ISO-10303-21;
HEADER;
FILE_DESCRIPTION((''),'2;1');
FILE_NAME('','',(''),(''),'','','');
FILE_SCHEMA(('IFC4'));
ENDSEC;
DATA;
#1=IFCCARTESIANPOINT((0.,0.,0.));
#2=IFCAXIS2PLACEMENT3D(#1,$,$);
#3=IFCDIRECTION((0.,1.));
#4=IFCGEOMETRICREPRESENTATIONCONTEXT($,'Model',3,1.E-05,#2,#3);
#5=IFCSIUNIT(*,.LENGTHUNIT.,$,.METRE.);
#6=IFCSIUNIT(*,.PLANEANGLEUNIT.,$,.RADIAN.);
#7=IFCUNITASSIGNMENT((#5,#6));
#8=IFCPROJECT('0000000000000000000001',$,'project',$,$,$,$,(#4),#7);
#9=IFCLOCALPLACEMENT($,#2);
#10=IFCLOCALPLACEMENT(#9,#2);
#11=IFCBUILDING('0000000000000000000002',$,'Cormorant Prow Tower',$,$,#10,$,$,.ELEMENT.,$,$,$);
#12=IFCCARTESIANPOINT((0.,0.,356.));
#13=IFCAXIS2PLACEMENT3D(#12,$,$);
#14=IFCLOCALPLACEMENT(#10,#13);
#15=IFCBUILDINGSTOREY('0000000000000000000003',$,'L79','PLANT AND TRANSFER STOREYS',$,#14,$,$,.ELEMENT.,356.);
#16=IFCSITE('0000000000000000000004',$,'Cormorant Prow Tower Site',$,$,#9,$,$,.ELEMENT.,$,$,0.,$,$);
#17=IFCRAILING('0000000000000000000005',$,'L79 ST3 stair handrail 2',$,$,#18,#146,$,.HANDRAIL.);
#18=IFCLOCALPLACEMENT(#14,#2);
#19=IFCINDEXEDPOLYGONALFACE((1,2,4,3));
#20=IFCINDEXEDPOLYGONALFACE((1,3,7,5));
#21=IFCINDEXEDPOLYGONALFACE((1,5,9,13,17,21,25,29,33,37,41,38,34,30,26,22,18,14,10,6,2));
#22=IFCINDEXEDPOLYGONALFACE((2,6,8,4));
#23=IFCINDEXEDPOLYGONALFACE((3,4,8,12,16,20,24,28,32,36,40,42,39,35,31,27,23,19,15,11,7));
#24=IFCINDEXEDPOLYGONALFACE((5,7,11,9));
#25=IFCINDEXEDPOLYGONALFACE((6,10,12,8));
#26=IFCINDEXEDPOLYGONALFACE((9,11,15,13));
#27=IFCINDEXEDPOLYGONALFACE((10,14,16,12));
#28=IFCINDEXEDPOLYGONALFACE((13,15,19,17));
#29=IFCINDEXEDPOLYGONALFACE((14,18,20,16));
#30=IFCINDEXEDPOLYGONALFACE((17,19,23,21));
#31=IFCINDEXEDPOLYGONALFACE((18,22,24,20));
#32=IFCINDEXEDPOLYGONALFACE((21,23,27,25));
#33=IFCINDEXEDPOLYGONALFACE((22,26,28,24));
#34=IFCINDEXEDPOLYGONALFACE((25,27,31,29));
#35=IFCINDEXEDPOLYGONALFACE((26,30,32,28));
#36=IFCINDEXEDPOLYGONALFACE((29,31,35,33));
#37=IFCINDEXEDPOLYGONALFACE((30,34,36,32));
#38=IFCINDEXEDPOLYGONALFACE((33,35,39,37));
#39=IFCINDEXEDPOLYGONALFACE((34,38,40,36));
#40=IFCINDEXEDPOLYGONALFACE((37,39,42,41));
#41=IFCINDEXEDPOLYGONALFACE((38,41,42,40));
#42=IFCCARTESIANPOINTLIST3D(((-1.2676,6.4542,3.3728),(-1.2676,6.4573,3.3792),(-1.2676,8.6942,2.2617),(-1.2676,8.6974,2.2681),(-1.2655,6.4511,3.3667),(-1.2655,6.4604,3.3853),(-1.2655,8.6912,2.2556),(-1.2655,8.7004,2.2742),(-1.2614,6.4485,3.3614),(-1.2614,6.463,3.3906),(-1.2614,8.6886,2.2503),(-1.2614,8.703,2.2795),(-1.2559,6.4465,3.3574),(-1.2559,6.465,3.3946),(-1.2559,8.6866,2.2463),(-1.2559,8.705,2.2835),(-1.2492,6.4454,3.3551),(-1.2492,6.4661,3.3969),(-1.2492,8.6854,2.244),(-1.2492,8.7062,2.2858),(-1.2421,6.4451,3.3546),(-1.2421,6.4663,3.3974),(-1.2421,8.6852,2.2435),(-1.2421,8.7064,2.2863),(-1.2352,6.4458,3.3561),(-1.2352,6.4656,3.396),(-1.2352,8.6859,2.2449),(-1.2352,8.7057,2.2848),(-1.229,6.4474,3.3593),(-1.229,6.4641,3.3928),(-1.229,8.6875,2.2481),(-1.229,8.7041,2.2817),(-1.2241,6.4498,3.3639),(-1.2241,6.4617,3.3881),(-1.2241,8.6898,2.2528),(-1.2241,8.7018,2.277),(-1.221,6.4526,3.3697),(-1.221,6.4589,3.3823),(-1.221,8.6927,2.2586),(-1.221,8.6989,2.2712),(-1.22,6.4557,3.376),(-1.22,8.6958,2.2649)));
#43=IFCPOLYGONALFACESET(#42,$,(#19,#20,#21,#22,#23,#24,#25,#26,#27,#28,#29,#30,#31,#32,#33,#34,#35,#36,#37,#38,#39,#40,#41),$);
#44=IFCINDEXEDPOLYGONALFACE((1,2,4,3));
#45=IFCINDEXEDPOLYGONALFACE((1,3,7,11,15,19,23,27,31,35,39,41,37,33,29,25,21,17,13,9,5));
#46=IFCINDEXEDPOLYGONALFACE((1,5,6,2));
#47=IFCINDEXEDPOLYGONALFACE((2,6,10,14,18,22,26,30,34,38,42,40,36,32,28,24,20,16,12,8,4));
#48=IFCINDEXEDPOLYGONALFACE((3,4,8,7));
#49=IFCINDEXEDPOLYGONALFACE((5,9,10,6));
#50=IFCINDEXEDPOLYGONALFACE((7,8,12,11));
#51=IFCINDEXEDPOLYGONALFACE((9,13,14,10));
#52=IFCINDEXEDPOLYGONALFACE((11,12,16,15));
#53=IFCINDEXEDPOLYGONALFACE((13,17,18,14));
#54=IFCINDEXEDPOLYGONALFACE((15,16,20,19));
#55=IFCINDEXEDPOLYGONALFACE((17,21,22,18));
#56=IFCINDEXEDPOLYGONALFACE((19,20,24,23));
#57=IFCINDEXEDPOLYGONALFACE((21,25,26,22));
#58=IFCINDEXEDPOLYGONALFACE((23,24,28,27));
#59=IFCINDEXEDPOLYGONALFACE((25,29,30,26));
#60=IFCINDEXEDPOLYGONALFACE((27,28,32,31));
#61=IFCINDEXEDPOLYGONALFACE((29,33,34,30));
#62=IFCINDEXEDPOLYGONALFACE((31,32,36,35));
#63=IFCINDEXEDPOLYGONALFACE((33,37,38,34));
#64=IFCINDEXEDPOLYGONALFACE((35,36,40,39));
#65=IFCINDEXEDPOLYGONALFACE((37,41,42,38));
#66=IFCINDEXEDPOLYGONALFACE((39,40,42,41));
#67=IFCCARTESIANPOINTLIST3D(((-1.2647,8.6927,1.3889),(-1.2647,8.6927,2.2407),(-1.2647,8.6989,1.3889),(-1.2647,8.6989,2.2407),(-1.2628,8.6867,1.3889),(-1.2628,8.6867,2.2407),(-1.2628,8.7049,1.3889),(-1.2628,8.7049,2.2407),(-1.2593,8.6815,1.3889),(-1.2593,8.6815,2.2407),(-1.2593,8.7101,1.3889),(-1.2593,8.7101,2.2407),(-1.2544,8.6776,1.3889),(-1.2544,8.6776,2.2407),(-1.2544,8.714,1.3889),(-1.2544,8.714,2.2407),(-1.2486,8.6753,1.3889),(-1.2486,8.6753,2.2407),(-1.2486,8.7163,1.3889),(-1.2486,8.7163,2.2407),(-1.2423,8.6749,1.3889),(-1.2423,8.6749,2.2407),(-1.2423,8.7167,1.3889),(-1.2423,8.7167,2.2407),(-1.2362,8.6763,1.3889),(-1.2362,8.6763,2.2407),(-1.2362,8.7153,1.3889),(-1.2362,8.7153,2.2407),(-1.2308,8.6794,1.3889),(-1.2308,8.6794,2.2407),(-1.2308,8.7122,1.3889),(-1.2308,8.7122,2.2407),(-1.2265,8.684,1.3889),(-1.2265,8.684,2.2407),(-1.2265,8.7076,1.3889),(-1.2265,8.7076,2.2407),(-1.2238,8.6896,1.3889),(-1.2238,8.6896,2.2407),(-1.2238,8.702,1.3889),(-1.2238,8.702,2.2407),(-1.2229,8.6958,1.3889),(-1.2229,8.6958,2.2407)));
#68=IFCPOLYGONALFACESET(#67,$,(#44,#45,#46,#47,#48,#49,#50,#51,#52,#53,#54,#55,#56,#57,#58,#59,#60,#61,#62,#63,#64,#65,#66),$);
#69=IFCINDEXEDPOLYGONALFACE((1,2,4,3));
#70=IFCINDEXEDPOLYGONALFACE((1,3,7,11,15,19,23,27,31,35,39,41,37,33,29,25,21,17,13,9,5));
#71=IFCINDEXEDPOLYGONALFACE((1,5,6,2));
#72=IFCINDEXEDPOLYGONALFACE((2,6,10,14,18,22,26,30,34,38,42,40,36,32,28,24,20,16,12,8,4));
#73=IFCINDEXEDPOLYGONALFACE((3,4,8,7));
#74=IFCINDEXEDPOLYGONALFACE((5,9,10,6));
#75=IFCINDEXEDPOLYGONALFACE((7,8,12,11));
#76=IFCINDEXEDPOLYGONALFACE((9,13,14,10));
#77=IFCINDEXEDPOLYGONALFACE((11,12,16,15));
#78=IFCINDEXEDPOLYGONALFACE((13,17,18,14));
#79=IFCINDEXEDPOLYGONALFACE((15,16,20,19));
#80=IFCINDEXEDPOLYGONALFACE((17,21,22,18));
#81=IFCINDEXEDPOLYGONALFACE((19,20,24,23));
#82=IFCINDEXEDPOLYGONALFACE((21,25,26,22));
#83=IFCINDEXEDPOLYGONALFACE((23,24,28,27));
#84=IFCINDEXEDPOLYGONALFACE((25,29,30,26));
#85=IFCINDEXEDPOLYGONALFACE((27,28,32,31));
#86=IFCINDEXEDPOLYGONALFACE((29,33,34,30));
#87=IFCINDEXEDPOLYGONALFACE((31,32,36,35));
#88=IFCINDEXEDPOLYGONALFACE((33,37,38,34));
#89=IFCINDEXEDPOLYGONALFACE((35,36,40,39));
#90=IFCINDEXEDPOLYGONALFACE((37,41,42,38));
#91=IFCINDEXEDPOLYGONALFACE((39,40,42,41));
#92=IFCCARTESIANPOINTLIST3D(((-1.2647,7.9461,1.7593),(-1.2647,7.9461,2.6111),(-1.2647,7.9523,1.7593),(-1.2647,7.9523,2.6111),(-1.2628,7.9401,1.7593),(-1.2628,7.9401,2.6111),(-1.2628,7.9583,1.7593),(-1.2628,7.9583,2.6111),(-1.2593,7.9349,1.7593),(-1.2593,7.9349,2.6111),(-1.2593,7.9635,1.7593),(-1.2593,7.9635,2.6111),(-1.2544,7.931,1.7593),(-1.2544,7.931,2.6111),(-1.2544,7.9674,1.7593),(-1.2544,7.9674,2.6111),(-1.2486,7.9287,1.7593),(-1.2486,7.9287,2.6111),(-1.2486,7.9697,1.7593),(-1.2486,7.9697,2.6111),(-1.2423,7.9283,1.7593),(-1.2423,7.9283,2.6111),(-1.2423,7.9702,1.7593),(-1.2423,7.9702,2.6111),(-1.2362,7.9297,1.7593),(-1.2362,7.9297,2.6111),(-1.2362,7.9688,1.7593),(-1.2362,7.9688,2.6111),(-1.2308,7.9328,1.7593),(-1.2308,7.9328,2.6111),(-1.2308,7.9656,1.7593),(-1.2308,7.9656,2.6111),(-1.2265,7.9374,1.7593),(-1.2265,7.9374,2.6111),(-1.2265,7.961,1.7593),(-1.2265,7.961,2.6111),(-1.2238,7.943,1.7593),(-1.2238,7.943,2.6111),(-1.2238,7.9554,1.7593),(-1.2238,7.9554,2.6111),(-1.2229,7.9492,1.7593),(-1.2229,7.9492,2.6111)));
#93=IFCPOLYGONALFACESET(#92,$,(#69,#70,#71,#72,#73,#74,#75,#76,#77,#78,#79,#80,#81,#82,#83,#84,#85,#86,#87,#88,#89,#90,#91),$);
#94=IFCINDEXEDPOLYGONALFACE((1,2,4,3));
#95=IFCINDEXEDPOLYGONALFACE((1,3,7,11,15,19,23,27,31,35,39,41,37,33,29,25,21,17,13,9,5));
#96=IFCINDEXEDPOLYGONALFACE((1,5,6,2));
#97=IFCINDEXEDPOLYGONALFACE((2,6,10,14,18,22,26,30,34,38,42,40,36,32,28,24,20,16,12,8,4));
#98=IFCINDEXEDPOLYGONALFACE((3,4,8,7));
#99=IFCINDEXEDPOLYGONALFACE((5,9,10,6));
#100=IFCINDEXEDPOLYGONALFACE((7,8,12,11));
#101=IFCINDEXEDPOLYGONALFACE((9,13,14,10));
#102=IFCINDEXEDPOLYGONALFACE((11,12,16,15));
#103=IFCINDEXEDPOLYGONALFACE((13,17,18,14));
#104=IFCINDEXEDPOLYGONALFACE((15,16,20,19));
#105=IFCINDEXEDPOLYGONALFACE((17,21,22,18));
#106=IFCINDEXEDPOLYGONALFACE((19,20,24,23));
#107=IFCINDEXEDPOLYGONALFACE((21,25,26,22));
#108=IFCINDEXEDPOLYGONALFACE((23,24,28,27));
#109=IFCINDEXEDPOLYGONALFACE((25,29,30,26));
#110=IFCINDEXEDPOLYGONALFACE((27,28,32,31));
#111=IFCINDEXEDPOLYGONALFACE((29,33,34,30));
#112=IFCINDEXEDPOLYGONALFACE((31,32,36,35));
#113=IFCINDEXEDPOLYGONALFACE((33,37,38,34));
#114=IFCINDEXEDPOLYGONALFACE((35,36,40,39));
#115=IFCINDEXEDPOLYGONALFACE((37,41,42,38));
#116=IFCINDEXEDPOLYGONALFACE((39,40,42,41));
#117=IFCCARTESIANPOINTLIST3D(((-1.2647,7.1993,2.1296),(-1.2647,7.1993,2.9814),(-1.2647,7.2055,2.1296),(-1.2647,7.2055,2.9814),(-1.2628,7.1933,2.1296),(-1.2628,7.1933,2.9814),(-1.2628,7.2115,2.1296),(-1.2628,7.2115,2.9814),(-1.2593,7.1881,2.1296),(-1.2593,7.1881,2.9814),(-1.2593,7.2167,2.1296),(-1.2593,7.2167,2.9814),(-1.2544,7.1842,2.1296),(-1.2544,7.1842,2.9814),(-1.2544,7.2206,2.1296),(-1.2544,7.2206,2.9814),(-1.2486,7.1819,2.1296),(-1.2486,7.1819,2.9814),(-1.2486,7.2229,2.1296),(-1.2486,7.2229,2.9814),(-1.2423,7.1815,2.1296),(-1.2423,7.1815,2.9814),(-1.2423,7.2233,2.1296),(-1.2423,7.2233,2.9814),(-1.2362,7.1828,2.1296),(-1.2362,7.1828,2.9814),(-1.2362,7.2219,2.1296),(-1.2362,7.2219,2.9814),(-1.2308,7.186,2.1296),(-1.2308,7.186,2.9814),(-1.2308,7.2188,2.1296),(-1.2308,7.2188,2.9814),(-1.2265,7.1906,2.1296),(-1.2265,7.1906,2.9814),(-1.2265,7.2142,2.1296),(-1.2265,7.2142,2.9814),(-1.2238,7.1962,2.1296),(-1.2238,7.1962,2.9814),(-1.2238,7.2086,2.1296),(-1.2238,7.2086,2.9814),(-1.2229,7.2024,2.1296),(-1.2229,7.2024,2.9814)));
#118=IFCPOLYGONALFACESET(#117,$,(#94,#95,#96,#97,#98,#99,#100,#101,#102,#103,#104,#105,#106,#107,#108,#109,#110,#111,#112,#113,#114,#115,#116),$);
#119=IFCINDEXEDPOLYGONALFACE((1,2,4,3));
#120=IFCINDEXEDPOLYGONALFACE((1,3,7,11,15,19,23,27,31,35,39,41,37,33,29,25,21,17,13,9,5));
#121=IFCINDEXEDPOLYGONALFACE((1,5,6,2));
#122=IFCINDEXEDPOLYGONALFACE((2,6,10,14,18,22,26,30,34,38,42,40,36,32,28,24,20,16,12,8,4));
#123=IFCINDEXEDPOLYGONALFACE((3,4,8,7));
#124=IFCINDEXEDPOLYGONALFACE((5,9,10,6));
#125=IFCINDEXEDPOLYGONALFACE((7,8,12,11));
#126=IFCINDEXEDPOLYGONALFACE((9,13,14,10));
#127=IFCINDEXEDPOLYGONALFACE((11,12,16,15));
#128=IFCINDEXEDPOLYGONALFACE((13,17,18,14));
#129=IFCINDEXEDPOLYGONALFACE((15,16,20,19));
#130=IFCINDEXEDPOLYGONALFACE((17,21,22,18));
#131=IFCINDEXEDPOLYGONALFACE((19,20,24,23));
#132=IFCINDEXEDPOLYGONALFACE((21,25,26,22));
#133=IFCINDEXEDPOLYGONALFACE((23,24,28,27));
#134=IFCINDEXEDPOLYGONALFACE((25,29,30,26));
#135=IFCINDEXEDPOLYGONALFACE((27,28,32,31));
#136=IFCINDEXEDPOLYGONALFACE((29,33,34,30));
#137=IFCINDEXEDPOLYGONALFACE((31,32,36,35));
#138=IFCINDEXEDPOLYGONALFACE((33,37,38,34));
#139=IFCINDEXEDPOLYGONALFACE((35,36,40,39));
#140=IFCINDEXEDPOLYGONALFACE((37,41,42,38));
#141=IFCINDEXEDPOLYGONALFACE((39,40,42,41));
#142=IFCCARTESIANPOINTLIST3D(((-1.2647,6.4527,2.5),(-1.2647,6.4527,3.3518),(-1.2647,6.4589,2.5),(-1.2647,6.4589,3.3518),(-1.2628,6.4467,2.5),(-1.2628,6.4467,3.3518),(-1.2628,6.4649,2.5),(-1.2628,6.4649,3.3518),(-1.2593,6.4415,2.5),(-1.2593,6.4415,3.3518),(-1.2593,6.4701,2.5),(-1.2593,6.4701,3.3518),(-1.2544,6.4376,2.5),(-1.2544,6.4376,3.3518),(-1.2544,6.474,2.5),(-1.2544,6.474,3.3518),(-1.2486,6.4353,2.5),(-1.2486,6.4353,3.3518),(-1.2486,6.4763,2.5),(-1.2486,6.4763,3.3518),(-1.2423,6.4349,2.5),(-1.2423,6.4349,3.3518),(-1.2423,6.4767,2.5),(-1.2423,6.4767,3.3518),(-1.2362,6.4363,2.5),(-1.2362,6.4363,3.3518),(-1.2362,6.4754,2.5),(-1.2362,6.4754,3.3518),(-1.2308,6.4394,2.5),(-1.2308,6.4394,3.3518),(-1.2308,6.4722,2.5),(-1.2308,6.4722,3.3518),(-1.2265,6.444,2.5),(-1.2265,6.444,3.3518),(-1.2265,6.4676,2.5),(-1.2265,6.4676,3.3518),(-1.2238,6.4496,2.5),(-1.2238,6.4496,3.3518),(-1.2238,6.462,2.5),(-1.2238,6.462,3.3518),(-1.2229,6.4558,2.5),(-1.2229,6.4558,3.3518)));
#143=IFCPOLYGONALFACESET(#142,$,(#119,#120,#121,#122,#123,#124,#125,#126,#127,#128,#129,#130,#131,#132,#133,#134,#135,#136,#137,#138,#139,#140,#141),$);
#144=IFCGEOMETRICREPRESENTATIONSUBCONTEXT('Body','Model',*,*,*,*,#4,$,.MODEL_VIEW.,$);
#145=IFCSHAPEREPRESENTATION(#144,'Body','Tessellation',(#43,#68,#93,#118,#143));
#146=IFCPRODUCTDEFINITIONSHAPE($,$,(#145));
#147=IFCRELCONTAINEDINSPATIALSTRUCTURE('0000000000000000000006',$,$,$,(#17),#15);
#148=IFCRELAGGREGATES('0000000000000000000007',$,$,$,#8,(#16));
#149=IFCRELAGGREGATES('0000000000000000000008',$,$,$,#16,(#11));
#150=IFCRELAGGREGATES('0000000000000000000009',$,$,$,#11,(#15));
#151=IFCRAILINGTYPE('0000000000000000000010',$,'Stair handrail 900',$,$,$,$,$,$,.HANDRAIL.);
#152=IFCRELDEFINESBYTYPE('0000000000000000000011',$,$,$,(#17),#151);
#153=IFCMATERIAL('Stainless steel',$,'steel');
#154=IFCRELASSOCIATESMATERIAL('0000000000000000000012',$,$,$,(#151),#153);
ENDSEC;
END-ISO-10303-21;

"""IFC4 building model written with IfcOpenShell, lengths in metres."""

from ifc_helpers import new_model, si_unit, direction, frame, origin, origin_2d, place, context, subcontext, project, spatial, circle, extrude, material, type_object, element, save


model = new_model("IFC4")

# Units and contexts
model_context = context("Model", 3, precision=1e-05, world=origin(), true_north=direction((0.0, 1.0)))
body_context = subcontext(model_context, "Body", "Model", "MODEL_VIEW")
ifc_project = project(units=[si_unit("LENGTHUNIT", "METRE"), si_unit("PLANEANGLEUNIT", "RADIAN")], contexts=[model_context])

# Site, building, storey
site_placement = place(None, origin())
site = spatial("IfcSite", under=ifc_project, at=site_placement, Name="Cormorant Prow Tower Site", CompositionType="ELEMENT", RefElevation=0.0)
building_placement = place(site_placement, origin())
building = spatial("IfcBuilding", under=site, at=building_placement, Name="Cormorant Prow Tower", CompositionType="ELEMENT")
storey_placement = place(building_placement, frame((0.0, 0.0, 356.0)))
storey = spatial("IfcBuildingStorey", under=building, at=storey_placement, Name="L79", Description="PLANT AND TRANSFER STOREYS", CompositionType="ELEMENT", Elevation=356.0)

# Railing
ifc_material_1 = material(Name="Stainless steel", Category="steel")
railing_type = type_object("IfcRailingType", Name="Stair handrail 900", PredefinedType="HANDRAIL", material=ifc_material_1)
for number, where, name in (
    (1, (-1.2439, 8.6958, 1.3889), "L79 ST3 stair handrail 2"),
):
    element("IfcRailing", number, at=place(storey_placement, frame(where)), inside=storey, type_object=railing_type, Name=name, PredefinedType="HANDRAIL", context=body_context, shape_type="SweptSolid", body=[
        extrude(circle(Radius=0.0239, at=origin_2d()), frame((0.0, 0.0, 0.876), z_axis=(0.0, -0.895848, 0.44436), x_axis=(1.0, 0.0, 0.0)), (0.0, 0.0, 1.0), 2.5005),
        extrude(circle(Radius=0.021, at=origin_2d()), origin(), (0.0, 0.0, 1.0), 0.8518),
        extrude(circle(Radius=0.021, at=origin_2d()), frame((0.0, -0.7466, 0.3704)), (0.0, 0.0, 1.0), 0.8518),
        extrude(circle(Radius=0.021, at=origin_2d()), frame((0.0, -1.4934, 0.7407)), (0.0, 0.0, 1.0), 0.8518),
        extrude(circle(Radius=0.021, at=origin_2d()), frame((0.0, -2.24, 1.1111)), (0.0, 0.0, 1.0), 0.8518),
    ])

save(model, "model.ifc")
